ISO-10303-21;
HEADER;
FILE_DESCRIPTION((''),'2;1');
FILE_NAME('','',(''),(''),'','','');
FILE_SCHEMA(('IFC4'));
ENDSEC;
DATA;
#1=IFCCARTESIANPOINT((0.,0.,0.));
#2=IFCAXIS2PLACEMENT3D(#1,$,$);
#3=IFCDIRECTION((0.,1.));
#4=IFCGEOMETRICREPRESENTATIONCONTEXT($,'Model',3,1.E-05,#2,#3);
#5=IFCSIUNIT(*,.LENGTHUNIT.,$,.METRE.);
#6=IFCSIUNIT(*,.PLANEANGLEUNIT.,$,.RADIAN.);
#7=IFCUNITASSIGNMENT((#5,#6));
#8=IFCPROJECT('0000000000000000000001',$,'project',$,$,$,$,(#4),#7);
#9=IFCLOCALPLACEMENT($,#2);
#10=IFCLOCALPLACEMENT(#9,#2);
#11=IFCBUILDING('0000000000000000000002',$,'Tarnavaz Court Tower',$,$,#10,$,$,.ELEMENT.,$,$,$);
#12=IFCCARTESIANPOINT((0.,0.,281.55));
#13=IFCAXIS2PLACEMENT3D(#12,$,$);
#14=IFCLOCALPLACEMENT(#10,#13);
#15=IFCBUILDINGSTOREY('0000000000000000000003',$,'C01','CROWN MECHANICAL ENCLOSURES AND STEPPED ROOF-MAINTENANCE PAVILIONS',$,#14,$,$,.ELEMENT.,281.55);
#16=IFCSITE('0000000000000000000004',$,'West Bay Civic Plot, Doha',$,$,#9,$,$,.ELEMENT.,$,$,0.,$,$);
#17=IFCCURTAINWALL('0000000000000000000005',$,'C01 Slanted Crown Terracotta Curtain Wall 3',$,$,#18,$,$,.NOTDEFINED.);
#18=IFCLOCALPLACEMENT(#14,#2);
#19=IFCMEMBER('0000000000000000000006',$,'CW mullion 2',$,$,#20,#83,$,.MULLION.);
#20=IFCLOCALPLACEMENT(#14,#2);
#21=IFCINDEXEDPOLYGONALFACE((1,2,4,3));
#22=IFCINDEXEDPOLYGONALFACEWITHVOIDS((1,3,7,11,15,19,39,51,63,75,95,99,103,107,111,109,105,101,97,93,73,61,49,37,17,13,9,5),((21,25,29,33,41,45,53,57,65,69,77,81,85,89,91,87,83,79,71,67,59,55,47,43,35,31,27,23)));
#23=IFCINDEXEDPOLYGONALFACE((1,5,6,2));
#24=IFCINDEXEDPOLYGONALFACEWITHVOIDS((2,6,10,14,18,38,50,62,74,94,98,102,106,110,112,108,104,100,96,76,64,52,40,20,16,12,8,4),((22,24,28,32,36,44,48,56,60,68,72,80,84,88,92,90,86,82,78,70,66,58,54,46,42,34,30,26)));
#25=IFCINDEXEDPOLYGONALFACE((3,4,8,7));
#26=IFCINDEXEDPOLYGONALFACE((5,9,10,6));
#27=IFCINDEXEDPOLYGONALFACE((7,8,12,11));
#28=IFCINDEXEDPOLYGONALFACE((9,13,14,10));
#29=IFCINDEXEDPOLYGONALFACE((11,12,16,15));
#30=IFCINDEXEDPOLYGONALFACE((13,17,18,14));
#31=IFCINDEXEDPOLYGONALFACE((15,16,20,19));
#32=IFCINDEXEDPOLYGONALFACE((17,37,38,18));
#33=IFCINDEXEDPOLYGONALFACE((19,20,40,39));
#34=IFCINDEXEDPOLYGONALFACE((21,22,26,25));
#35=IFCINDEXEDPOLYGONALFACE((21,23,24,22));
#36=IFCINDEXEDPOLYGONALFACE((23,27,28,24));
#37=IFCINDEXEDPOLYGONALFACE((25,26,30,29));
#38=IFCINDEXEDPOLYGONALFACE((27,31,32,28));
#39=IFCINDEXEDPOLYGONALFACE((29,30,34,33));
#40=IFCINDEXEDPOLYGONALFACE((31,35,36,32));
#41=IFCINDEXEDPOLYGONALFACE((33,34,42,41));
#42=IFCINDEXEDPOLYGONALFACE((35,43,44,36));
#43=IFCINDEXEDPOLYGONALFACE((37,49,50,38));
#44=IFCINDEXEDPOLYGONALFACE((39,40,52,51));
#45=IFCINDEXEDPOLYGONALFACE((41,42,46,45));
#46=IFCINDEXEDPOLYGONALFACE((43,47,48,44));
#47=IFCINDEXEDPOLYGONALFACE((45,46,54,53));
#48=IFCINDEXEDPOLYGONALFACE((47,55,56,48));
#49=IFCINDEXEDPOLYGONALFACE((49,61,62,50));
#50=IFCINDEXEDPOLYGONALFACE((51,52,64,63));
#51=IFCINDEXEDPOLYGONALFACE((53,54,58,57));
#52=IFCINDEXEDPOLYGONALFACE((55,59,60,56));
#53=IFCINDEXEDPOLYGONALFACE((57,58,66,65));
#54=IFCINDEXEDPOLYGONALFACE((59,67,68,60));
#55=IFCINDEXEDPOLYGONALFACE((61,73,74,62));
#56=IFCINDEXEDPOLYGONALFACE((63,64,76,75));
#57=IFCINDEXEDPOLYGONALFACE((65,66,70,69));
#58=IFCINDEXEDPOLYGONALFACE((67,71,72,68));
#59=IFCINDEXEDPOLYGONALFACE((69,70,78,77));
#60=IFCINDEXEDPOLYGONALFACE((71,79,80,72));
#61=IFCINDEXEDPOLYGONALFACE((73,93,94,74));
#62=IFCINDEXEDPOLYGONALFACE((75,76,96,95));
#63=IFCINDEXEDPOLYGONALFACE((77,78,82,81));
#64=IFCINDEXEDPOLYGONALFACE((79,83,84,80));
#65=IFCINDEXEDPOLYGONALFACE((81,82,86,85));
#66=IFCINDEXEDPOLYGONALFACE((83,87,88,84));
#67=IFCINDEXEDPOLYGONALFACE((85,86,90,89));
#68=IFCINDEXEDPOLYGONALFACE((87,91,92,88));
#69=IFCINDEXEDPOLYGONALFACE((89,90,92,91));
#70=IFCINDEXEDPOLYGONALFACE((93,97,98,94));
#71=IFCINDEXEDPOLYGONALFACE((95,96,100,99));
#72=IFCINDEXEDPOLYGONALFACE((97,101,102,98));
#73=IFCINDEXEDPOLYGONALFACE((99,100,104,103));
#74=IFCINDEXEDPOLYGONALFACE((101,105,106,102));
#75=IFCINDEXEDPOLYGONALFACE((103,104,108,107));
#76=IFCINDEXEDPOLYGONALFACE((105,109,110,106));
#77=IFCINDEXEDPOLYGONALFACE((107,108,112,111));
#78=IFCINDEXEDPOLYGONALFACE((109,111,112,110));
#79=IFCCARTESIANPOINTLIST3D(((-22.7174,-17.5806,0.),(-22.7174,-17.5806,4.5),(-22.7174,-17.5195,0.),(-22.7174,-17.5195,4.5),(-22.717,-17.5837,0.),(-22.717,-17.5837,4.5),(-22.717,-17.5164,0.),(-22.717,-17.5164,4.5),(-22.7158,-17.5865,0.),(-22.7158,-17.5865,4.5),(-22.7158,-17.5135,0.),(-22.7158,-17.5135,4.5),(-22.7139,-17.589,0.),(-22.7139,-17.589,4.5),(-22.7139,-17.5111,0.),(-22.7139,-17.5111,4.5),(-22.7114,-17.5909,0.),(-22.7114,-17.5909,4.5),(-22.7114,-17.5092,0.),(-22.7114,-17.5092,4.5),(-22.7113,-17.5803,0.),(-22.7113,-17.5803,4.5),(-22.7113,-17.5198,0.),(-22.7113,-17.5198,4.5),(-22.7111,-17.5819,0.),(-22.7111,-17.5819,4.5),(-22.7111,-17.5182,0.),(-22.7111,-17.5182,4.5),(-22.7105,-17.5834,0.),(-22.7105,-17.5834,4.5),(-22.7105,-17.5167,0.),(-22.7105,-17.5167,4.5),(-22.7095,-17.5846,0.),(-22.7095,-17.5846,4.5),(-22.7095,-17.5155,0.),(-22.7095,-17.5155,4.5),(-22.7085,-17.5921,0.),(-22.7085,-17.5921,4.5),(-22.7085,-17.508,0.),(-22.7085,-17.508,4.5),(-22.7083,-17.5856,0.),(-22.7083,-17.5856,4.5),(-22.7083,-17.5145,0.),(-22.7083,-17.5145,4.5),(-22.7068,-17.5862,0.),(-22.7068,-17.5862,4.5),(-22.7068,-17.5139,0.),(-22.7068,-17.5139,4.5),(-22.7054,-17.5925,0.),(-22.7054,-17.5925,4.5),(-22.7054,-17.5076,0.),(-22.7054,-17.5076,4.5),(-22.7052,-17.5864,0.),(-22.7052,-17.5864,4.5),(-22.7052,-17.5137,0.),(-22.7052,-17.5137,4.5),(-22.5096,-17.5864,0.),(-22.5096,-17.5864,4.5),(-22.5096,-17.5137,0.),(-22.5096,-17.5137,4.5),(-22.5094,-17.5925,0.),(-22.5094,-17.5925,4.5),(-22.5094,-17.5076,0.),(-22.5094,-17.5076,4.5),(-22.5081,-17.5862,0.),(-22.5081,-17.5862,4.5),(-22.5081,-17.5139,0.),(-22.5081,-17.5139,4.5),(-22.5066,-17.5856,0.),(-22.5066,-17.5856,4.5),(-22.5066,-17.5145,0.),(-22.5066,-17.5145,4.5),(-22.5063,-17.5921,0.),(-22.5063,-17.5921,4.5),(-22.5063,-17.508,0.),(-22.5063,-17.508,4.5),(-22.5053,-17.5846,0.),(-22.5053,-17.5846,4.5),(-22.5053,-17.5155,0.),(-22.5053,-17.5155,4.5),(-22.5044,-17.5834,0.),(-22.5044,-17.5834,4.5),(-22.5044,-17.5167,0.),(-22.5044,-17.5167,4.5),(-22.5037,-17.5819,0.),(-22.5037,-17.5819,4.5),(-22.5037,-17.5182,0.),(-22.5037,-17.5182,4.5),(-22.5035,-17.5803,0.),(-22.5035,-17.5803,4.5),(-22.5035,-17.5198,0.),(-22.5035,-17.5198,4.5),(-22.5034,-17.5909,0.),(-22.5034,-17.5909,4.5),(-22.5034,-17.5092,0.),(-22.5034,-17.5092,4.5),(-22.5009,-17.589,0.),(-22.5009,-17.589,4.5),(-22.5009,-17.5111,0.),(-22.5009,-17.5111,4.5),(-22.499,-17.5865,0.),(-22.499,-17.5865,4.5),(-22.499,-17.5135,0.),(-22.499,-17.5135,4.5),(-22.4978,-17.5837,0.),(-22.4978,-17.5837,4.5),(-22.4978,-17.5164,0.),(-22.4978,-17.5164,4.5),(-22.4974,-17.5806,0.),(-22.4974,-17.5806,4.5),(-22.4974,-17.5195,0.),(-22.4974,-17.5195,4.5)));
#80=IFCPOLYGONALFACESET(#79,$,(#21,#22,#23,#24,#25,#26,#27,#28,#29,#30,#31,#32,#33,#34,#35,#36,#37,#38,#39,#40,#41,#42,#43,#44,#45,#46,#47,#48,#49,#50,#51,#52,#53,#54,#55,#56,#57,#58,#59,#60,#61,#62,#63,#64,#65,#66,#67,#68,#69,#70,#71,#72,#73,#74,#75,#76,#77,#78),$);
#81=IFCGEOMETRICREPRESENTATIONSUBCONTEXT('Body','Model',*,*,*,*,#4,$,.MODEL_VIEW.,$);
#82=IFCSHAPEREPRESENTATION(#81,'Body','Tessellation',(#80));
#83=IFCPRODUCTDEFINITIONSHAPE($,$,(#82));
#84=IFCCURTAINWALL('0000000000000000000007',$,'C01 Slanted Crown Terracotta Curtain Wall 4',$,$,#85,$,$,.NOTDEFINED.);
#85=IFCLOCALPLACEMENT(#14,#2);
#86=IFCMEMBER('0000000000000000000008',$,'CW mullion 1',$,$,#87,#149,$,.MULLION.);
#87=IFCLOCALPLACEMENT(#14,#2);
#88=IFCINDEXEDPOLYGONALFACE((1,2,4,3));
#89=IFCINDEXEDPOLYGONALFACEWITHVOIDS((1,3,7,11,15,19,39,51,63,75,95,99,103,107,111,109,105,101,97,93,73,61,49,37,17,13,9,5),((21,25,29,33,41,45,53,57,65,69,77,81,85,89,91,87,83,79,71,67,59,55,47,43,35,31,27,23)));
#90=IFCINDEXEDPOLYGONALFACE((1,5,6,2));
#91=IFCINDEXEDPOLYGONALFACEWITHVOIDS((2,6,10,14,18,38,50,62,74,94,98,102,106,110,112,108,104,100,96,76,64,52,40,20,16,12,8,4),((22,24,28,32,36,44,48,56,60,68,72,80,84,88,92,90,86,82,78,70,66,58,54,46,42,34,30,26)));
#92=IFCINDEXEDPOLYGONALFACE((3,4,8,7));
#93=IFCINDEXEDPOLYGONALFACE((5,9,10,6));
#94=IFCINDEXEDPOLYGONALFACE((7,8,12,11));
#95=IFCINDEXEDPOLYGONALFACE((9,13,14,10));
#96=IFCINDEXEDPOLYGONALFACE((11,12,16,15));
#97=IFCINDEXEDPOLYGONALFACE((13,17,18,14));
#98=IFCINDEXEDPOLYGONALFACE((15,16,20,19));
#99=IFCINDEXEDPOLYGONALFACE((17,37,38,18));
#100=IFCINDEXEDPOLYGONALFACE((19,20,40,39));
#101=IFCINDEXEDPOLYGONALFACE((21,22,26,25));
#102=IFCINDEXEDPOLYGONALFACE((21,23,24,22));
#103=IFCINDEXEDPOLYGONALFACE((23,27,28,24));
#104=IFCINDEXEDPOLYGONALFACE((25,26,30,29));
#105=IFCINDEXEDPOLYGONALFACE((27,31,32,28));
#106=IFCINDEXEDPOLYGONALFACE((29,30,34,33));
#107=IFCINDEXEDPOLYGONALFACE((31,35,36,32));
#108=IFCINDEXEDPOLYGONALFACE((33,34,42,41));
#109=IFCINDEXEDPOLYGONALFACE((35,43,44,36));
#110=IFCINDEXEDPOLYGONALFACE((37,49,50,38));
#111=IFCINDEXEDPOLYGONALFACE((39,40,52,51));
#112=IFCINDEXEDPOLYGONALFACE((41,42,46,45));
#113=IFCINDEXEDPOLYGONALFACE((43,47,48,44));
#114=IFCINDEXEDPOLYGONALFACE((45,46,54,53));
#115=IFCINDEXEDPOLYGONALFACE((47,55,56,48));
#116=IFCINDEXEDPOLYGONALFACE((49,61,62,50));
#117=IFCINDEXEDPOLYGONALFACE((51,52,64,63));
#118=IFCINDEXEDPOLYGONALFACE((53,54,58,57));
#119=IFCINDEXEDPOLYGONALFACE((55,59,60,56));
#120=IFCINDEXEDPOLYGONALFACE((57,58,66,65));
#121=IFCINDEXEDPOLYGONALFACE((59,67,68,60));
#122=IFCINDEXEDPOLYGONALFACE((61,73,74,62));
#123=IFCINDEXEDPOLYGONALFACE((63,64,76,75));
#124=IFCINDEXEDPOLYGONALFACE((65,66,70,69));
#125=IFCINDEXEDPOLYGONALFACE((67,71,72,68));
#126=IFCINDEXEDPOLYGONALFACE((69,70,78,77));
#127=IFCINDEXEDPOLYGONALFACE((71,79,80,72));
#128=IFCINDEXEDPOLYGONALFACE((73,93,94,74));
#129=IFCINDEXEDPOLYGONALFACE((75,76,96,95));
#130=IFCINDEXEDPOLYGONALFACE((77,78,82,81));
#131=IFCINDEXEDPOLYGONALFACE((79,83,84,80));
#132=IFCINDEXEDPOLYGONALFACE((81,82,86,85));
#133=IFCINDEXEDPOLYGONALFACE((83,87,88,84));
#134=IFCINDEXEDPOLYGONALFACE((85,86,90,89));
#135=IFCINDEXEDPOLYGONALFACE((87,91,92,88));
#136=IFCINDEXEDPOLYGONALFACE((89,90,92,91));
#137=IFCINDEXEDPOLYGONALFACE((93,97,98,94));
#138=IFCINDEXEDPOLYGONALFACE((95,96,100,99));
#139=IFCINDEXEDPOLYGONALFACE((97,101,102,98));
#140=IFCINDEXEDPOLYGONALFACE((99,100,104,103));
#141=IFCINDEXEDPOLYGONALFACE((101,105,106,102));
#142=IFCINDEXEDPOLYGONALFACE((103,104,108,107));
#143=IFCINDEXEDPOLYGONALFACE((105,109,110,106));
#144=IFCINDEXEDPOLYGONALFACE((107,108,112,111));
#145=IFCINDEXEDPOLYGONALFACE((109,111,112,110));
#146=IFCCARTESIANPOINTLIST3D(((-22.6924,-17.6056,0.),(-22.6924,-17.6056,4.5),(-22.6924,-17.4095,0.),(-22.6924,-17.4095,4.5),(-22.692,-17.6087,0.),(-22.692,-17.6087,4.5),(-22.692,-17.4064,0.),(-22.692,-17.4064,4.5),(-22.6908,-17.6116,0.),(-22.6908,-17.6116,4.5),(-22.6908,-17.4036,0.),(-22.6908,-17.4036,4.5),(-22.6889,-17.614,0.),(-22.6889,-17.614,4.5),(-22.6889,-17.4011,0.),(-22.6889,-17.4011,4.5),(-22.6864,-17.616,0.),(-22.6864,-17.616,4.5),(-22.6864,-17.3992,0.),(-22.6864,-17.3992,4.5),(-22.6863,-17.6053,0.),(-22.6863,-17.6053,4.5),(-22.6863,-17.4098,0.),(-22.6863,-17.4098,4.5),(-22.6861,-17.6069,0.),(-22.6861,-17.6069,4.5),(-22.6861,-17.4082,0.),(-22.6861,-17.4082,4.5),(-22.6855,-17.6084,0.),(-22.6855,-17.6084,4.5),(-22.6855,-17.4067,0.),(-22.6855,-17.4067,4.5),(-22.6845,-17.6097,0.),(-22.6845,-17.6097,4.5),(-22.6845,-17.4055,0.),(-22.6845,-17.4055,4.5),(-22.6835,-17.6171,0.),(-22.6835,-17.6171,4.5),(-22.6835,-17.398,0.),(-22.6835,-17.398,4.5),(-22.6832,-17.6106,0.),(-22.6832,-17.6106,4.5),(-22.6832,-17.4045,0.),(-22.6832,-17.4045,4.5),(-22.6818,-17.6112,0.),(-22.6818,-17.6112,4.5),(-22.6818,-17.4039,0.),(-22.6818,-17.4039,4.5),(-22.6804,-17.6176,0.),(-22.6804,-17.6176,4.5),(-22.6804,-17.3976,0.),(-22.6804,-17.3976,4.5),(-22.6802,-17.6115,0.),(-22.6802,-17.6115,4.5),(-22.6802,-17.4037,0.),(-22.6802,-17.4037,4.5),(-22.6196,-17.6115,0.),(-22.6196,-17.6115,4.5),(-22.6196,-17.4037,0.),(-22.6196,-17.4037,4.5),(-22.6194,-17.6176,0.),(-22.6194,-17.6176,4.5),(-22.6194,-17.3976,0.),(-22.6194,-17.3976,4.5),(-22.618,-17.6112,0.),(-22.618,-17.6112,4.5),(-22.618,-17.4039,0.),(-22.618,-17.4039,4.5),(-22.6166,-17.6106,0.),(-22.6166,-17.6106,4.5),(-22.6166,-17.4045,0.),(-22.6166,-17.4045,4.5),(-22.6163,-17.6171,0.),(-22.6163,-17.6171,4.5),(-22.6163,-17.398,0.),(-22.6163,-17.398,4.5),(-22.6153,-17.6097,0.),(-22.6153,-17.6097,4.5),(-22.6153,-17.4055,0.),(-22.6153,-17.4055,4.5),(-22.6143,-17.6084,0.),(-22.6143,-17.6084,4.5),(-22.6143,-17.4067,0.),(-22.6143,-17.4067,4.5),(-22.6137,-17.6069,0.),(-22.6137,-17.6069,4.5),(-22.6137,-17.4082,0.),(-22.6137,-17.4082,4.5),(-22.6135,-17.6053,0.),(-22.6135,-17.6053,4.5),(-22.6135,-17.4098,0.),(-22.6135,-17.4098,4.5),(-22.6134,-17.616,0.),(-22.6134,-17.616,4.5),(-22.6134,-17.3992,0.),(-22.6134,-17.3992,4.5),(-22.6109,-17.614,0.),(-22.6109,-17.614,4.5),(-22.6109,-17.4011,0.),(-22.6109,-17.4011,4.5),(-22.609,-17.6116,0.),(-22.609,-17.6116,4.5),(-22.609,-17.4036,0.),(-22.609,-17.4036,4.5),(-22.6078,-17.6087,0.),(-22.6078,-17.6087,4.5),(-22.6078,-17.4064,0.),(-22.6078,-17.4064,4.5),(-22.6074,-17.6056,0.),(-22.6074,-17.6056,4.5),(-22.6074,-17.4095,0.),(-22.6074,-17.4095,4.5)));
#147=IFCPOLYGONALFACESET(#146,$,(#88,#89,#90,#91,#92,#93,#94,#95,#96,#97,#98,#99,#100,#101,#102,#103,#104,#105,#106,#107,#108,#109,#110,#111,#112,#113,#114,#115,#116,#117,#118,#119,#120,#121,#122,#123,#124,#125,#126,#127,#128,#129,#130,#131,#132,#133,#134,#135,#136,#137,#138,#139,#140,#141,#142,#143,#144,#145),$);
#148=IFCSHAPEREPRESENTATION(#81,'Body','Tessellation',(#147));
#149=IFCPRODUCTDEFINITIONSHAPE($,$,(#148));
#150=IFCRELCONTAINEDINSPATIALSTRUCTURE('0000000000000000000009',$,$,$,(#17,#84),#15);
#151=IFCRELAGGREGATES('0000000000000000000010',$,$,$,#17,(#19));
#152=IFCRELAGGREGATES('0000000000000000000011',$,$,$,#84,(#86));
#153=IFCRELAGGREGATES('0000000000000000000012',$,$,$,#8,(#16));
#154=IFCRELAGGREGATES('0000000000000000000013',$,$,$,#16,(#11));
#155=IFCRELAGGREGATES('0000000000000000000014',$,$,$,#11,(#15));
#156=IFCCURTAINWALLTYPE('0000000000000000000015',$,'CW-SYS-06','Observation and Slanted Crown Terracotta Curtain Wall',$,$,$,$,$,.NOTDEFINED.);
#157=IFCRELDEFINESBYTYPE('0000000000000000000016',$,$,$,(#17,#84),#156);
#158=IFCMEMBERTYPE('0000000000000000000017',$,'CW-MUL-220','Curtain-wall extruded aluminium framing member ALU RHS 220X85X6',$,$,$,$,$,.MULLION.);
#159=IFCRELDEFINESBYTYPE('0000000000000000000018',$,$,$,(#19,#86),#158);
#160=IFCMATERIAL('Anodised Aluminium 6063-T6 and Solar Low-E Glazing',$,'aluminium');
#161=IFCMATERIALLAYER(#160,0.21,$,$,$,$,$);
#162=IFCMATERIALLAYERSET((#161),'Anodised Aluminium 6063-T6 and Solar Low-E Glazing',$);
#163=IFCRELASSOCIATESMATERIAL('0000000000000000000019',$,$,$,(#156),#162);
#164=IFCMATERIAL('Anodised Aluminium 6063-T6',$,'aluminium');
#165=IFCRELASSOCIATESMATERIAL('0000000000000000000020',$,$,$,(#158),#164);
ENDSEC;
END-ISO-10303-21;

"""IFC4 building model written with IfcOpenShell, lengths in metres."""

from ifc_helpers import new_model, si_unit, direction, frame, origin, origin_2d, place, context, subcontext, project, spatial, hollow_rectangle, extrude, material, layer, layer_set, material_profile, profile_set, type_object, element, aggregate, save


model = new_model("IFC4")

# Units and contexts
model_context = context("Model", 3, precision=1e-05, world=origin(), true_north=direction((0.0, 1.0)))
body_context = subcontext(model_context, "Body", "Model", "MODEL_VIEW")
ifc_project = project(units=[si_unit("LENGTHUNIT", "METRE"), si_unit("PLANEANGLEUNIT", "RADIAN")], contexts=[model_context])

# Site, building, storey
site_placement = place(None, origin())
site = spatial("IfcSite", under=ifc_project, at=site_placement, Name="West Bay Civic Plot, Doha", CompositionType="ELEMENT", RefElevation=0.0)
building_placement = place(site_placement, origin())
building = spatial("IfcBuilding", under=site, at=building_placement, Name="Tarnavaz Court Tower", CompositionType="ELEMENT")
storey_placement = place(building_placement, frame((0.0, 0.0, 281.55)))
storey = spatial("IfcBuildingStorey", under=building, at=storey_placement, Name="C01", Description="CROWN MECHANICAL ENCLOSURES AND STEPPED ROOF-MAINTENANCE PAVILIONS", CompositionType="ELEMENT", Elevation=281.55)

# Curtain walls, members
ifc_material_1 = material(Name="Anodised Aluminium 6063-T6 and Solar Low-E Glazing", Category="aluminium")
ifc_layer_1 = layer(ifc_material_1, 0.21)
ifc_layer_set_1 = layer_set([ifc_layer_1], Name="Anodised Aluminium 6063-T6 and Solar Low-E Glazing")
curtain_wall_type = type_object("IfcCurtainWallType", Name="CW-SYS-06", Description="Observation and Slanted Crown Terracotta Curtain Wall", PredefinedType="NOTDEFINED", material=ifc_layer_set_1)
ifc_material_2 = material(Name="Anodised Aluminium 6063-T6", Category="aluminium")
ifc_material_profile_1 = material_profile(ifc_material_2, hollow_rectangle(XDim=0.085, YDim=0.22, WallThickness=0.0061, InnerFilletRadius=0.0061, OuterFilletRadius=0.012, at=origin_2d()), Name="ALU RHS 220X85X6")
ifc_profile_set_1 = profile_set([ifc_material_profile_1], Name="Anodised Aluminium 6063-T6")
member_type_1 = type_object("IfcMemberType", Name="CW-MUL-220", Description="Curtain-wall extruded aluminium framing member ALU RHS 220X85X6", PredefinedType="MULLION", material=ifc_profile_set_1)
curtain_wall_1_placement = place(storey_placement, origin())
curtain_wall_1 = element("IfcCurtainWall", 1, at=curtain_wall_1_placement, inside=storey, type_object=curtain_wall_type, Name="C01 Slanted Crown Terracotta Curtain Wall 3", PredefinedType="NOTDEFINED")
member_1_placement = place(storey_placement, frame((-22.6074, -17.55, 0.0), z_axis=(0.0, 0.0, 1.0), x_axis=(0.0, -1.0, 0.0)))
member_1 = element("IfcMember", 2, at=member_1_placement, type_object=member_type_1, Name="CW mullion 2", PredefinedType="MULLION", context=body_context, shape_type="SweptSolid", body=[
    extrude(hollow_rectangle(XDim=0.085, YDim=0.22, WallThickness=0.0061, InnerFilletRadius=0.0061, OuterFilletRadius=0.012, at=origin_2d()), origin(), (0.0, 0.0, 1.0), 4.5),
])
curtain_wall_2_placement = place(storey_placement, origin())
curtain_wall_2 = element("IfcCurtainWall", 3, at=curtain_wall_2_placement, inside=storey, type_object=curtain_wall_type, Name="C01 Slanted Crown Terracotta Curtain Wall 4", PredefinedType="NOTDEFINED")
member_2_placement = place(storey_placement, frame((-22.6499, -17.5076, 0.0), z_axis=(0.0, 0.0, 1.0), x_axis=(-1.0, 0.0, 0.0)))
member_2 = element("IfcMember", 4, at=member_2_placement, type_object=member_type_1, Name="CW mullion 1", PredefinedType="MULLION", context=body_context, shape_type="SweptSolid", body=[
    extrude(hollow_rectangle(XDim=0.085, YDim=0.22, WallThickness=0.0061, InnerFilletRadius=0.0061, OuterFilletRadius=0.012, at=origin_2d()), origin(), (0.0, 0.0, 1.0), 4.5),
])

aggregate(curtain_wall_1, [member_1])
aggregate(curtain_wall_2, [member_2])

save(model, "model.ifc")
